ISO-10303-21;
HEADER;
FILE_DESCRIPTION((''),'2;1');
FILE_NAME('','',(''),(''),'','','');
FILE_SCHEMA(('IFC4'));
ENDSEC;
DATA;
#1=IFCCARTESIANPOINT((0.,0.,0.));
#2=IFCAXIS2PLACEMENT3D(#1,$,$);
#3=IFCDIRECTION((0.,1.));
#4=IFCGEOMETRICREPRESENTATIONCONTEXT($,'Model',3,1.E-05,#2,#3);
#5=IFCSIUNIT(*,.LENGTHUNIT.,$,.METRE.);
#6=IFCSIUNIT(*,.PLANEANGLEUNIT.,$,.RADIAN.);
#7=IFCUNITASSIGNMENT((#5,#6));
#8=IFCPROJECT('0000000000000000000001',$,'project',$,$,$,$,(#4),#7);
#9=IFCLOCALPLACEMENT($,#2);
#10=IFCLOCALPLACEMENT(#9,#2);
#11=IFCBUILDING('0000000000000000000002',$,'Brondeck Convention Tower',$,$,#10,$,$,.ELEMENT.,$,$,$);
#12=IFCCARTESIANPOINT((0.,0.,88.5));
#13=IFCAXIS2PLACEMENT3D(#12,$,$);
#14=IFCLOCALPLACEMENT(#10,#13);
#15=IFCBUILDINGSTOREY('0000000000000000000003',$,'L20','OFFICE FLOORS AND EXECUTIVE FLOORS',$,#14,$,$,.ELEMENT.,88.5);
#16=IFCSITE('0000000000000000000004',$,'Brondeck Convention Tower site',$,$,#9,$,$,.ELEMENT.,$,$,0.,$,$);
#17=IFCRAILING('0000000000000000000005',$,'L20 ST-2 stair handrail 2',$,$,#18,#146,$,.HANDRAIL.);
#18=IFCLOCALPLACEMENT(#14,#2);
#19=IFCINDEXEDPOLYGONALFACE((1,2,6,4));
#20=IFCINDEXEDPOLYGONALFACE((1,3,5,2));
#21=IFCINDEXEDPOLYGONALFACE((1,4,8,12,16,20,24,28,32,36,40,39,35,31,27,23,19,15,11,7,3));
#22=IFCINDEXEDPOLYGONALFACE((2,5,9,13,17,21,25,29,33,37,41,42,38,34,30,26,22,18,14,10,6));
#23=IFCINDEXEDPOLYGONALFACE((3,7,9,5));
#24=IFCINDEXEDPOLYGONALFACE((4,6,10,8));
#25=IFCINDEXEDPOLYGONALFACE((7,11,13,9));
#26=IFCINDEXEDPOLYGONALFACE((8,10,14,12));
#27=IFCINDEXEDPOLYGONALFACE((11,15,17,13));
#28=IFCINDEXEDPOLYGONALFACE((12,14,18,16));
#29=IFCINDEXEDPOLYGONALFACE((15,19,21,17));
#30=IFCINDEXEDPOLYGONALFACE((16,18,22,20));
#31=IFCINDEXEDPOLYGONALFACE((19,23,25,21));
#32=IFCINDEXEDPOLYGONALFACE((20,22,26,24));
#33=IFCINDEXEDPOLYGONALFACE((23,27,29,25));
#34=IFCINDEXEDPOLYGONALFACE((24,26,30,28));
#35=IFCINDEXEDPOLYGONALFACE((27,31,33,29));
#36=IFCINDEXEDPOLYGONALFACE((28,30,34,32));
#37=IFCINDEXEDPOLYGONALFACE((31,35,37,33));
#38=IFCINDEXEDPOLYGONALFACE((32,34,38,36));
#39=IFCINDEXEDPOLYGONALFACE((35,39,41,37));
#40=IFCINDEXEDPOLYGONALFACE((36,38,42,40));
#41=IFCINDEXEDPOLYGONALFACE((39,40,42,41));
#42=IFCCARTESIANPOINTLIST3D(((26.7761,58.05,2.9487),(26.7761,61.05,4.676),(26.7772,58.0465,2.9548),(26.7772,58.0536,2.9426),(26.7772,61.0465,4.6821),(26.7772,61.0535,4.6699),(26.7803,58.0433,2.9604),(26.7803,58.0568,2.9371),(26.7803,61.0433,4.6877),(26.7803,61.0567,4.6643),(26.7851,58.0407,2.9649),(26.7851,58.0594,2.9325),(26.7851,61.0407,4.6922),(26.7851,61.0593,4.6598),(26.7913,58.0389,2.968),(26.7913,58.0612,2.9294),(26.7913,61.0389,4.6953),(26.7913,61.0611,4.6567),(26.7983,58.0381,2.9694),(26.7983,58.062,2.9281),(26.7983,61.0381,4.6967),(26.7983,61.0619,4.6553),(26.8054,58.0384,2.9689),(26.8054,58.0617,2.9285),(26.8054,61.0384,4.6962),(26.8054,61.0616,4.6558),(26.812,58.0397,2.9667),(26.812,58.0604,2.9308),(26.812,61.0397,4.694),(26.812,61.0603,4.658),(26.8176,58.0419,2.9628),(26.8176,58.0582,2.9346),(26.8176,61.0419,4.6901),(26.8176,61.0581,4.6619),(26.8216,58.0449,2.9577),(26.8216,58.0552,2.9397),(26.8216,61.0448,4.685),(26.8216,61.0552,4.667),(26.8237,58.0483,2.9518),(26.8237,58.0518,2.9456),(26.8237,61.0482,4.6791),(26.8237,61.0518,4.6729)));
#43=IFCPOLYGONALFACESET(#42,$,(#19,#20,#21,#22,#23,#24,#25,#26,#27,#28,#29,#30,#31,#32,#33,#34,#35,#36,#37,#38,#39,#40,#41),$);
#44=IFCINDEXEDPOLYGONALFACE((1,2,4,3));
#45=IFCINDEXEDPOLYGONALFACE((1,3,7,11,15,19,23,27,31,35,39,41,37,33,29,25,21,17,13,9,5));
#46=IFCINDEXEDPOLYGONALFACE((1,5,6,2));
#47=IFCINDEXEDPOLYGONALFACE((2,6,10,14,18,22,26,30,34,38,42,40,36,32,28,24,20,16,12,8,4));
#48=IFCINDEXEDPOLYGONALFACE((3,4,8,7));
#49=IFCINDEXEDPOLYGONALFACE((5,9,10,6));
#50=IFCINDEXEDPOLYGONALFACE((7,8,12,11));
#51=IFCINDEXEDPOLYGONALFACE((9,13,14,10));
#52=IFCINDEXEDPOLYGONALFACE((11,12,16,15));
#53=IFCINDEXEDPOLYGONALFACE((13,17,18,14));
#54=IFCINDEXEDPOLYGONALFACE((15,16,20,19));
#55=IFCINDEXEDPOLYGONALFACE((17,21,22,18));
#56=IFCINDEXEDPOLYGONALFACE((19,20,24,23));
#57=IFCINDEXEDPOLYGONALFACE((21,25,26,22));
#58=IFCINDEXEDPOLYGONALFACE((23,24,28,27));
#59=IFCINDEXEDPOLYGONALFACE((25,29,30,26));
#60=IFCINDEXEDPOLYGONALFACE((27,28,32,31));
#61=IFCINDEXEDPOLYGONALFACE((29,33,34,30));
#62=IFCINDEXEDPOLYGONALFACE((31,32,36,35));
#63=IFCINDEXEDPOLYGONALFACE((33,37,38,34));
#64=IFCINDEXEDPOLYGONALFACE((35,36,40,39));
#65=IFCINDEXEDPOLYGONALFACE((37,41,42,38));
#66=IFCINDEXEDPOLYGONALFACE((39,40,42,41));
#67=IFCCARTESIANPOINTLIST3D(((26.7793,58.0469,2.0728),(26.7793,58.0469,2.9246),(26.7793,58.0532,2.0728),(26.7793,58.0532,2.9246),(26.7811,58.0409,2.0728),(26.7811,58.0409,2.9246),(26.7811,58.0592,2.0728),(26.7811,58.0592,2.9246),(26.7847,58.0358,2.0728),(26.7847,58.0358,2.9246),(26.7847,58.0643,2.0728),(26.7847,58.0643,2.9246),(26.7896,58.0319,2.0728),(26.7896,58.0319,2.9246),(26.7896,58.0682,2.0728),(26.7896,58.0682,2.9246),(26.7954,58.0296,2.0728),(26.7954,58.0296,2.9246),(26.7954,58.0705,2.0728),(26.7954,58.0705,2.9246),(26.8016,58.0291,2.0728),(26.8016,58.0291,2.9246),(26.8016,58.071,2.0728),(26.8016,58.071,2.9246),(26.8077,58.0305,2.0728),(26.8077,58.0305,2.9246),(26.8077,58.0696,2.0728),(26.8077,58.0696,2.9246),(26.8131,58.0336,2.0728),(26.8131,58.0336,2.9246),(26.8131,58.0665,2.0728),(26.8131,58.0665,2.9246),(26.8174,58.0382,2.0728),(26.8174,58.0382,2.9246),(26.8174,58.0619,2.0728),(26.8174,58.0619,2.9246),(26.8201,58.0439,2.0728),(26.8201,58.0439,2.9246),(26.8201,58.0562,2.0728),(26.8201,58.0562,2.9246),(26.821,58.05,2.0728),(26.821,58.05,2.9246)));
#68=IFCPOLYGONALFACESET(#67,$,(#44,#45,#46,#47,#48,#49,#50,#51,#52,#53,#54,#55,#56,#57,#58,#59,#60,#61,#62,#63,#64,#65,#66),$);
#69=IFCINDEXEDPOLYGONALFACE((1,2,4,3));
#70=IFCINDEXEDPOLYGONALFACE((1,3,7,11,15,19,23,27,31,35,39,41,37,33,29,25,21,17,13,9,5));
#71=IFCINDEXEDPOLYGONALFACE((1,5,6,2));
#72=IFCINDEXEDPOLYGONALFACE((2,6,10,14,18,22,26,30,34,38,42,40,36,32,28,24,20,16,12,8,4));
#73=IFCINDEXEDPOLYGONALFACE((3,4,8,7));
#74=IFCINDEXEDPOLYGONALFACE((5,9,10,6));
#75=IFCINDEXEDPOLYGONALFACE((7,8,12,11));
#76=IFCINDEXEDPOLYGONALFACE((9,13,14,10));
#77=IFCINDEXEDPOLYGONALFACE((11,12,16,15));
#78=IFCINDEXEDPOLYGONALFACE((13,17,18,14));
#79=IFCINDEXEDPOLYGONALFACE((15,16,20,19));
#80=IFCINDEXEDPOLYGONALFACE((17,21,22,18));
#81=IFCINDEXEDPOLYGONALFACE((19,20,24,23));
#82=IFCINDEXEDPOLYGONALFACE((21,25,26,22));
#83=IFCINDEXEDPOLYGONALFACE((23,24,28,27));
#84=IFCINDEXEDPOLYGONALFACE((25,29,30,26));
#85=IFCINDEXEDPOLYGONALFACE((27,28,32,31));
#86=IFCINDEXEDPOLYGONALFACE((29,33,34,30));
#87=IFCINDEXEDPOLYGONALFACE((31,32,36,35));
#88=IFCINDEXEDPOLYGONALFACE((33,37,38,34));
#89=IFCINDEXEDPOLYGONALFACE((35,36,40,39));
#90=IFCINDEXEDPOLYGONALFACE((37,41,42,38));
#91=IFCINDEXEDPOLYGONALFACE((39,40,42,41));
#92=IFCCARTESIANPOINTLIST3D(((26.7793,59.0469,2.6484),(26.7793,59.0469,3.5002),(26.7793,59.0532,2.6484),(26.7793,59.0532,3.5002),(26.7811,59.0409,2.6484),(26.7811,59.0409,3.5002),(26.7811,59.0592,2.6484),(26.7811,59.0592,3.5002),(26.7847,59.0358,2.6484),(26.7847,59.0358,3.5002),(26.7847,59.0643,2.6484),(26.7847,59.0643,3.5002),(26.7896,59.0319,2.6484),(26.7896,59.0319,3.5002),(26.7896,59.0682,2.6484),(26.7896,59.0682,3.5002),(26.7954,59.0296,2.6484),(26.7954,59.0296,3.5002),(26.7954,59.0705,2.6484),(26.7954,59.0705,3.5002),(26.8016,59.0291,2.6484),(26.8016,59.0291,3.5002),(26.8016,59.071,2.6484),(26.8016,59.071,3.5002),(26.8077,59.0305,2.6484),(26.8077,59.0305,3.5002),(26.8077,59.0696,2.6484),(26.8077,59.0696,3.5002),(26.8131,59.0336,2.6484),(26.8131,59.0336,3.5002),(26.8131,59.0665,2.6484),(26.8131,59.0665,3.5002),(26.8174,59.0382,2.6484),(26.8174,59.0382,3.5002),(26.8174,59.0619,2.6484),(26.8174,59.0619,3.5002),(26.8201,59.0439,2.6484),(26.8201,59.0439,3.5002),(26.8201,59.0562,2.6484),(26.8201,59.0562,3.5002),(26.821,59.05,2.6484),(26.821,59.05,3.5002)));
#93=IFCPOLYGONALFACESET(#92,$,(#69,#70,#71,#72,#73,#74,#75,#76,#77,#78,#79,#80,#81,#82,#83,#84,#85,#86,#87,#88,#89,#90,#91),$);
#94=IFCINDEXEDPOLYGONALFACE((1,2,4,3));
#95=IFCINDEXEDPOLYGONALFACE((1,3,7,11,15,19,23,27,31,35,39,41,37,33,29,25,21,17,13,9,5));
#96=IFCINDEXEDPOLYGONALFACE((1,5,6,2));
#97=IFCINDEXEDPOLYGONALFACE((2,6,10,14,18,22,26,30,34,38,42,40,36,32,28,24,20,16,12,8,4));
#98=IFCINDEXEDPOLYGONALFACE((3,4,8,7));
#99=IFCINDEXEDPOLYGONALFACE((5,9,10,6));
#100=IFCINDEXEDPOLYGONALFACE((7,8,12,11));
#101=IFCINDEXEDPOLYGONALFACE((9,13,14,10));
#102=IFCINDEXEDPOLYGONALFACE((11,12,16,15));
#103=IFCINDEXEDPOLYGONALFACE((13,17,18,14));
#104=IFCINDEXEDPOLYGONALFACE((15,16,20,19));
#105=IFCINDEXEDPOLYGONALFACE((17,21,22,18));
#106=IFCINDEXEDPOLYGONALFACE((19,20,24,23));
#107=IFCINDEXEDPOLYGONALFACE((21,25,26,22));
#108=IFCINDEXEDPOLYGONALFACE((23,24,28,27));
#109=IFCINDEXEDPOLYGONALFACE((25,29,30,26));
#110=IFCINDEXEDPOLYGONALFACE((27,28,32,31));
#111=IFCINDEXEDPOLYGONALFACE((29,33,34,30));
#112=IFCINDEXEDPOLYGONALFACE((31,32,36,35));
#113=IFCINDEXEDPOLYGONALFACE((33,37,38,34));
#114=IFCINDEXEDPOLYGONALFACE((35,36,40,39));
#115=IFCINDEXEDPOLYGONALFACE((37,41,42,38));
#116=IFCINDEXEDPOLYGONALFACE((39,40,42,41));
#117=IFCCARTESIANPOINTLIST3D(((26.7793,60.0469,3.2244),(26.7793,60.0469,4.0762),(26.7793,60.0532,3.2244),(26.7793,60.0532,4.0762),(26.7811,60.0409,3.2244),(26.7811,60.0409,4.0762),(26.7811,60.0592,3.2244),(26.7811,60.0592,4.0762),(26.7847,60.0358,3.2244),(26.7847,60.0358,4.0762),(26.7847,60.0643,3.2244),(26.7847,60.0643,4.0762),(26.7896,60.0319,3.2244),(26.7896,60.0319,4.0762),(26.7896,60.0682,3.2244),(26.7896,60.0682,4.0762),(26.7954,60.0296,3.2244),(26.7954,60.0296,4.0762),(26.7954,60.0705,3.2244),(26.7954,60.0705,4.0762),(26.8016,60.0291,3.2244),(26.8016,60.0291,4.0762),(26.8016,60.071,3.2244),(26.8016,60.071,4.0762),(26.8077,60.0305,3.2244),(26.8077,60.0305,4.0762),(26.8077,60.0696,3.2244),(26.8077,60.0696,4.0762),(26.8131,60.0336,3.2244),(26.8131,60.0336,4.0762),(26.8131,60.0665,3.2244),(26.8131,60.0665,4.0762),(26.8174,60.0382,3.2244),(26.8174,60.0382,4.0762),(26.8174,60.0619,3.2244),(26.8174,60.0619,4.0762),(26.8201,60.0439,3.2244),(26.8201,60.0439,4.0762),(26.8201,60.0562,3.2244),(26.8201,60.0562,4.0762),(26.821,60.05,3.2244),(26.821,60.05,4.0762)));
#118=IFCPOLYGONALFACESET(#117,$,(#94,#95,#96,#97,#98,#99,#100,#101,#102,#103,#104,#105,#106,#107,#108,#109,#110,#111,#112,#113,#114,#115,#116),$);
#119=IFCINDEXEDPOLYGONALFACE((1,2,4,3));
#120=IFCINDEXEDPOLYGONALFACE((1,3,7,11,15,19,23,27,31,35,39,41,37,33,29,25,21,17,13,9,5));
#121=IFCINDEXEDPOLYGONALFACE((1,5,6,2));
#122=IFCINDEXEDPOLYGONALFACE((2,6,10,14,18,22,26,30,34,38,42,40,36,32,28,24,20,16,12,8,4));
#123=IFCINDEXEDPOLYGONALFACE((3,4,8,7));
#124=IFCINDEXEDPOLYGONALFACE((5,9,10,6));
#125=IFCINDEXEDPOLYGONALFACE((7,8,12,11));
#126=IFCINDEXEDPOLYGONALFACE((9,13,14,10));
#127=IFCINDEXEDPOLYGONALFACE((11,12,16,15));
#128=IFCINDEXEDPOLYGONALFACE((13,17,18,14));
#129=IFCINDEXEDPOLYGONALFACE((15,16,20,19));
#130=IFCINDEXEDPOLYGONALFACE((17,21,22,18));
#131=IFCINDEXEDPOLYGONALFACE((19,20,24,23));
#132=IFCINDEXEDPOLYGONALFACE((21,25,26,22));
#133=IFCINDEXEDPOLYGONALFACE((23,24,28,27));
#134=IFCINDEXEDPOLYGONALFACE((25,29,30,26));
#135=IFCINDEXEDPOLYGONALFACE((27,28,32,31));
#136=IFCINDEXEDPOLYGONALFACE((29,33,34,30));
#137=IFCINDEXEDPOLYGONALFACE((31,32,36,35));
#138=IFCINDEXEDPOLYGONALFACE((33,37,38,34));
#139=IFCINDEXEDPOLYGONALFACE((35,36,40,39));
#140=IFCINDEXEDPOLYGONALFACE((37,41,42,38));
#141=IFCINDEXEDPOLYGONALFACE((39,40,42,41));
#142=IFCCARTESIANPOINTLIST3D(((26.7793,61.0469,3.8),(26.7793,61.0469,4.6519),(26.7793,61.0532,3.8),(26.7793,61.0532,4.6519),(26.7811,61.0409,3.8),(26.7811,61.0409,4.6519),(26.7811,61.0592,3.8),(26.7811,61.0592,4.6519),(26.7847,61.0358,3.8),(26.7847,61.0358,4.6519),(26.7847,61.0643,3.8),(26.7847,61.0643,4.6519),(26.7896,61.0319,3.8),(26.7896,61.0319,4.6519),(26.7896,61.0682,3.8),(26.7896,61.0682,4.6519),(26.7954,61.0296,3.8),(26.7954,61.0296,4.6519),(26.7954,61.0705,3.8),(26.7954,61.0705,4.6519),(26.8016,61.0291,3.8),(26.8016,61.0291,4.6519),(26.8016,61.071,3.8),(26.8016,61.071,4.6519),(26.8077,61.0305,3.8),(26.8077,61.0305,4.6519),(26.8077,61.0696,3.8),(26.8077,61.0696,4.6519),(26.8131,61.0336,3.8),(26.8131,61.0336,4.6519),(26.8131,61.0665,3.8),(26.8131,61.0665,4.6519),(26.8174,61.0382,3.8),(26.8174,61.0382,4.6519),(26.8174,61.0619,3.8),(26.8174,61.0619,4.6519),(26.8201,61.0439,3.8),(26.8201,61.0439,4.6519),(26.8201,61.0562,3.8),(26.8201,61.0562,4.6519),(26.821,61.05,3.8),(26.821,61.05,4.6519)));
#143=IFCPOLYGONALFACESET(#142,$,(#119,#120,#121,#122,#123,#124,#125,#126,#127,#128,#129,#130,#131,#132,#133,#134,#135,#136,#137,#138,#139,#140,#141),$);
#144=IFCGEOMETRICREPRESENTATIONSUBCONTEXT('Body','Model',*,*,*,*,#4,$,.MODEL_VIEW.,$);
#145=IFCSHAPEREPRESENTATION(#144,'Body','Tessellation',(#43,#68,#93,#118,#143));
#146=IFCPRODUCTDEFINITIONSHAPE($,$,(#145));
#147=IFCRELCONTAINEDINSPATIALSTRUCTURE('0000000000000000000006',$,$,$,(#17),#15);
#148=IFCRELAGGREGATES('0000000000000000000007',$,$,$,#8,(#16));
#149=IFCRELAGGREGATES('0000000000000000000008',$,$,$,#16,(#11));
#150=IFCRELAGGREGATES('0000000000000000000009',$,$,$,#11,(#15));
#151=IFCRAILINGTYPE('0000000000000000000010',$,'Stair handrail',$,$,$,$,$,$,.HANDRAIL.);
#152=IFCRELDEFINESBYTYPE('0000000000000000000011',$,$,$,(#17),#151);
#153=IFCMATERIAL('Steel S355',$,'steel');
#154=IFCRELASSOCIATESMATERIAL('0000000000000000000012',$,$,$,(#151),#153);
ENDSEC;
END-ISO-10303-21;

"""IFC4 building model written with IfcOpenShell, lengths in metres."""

from ifc_helpers import new_model, si_unit, direction, frame, origin, origin_2d, place, context, subcontext, project, spatial, circle, extrude, material, type_object, element, save


model = new_model("IFC4")

# Units and contexts
model_context = context("Model", 3, precision=1e-05, world=origin(), true_north=direction((0.0, 1.0)))
body_context = subcontext(model_context, "Body", "Model", "MODEL_VIEW")
ifc_project = project(units=[si_unit("LENGTHUNIT", "METRE"), si_unit("PLANEANGLEUNIT", "RADIAN")], contexts=[model_context])

# Site, building, storey
site_placement = place(None, origin())
site = spatial("IfcSite", under=ifc_project, at=site_placement, Name="Brondeck Convention Tower site", CompositionType="ELEMENT", RefElevation=0.0)
building_placement = place(site_placement, origin())
building = spatial("IfcBuilding", under=site, at=building_placement, Name="Brondeck Convention Tower", CompositionType="ELEMENT")
storey_placement = place(building_placement, frame((0.0, 0.0, 88.5)))
storey = spatial("IfcBuildingStorey", under=building, at=storey_placement, Name="L20", Description="OFFICE FLOORS AND EXECUTIVE FLOORS", CompositionType="ELEMENT", Elevation=88.5)

# Shared definitions
ifc_material_1 = material(Name="Steel S355", Category="steel")

# Railing
railing_type_1 = type_object("IfcRailingType", Name="Stair handrail", PredefinedType="HANDRAIL", material=ifc_material_1)
railing_1_placement = place(storey_placement, frame((26.8, 58.05, 2.0728)))
element("IfcRailing", 1, at=railing_1_placement, inside=storey, type_object=railing_type_1, Name="L20 ST-2 stair handrail 2", PredefinedType="HANDRAIL", context=body_context, shape_type="SweptSolid", body=[
    extrude(circle(Radius=0.0239, at=origin_2d()), frame((0.0, 0.0, 0.876), z_axis=(0.0, 0.86662, 0.498969), x_axis=(-1.0, 0.0, 0.0)), (0.0, 0.0, 1.0), 3.4617),
    extrude(circle(Radius=0.021, at=origin_2d()), origin(), (0.0, 0.0, 1.0), 0.8518),
    extrude(circle(Radius=0.021, at=origin_2d()), frame((0.0, 1.0, 0.5757)), (0.0, 0.0, 1.0), 0.8518),
    extrude(circle(Radius=0.021, at=origin_2d()), frame((0.0, 2.0, 1.1516)), (0.0, 0.0, 1.0), 0.8518),
    extrude(circle(Radius=0.021, at=origin_2d()), frame((0.0, 3.0, 1.7273)), (0.0, 0.0, 1.0), 0.8518),
])

save(model, "model.ifc")
